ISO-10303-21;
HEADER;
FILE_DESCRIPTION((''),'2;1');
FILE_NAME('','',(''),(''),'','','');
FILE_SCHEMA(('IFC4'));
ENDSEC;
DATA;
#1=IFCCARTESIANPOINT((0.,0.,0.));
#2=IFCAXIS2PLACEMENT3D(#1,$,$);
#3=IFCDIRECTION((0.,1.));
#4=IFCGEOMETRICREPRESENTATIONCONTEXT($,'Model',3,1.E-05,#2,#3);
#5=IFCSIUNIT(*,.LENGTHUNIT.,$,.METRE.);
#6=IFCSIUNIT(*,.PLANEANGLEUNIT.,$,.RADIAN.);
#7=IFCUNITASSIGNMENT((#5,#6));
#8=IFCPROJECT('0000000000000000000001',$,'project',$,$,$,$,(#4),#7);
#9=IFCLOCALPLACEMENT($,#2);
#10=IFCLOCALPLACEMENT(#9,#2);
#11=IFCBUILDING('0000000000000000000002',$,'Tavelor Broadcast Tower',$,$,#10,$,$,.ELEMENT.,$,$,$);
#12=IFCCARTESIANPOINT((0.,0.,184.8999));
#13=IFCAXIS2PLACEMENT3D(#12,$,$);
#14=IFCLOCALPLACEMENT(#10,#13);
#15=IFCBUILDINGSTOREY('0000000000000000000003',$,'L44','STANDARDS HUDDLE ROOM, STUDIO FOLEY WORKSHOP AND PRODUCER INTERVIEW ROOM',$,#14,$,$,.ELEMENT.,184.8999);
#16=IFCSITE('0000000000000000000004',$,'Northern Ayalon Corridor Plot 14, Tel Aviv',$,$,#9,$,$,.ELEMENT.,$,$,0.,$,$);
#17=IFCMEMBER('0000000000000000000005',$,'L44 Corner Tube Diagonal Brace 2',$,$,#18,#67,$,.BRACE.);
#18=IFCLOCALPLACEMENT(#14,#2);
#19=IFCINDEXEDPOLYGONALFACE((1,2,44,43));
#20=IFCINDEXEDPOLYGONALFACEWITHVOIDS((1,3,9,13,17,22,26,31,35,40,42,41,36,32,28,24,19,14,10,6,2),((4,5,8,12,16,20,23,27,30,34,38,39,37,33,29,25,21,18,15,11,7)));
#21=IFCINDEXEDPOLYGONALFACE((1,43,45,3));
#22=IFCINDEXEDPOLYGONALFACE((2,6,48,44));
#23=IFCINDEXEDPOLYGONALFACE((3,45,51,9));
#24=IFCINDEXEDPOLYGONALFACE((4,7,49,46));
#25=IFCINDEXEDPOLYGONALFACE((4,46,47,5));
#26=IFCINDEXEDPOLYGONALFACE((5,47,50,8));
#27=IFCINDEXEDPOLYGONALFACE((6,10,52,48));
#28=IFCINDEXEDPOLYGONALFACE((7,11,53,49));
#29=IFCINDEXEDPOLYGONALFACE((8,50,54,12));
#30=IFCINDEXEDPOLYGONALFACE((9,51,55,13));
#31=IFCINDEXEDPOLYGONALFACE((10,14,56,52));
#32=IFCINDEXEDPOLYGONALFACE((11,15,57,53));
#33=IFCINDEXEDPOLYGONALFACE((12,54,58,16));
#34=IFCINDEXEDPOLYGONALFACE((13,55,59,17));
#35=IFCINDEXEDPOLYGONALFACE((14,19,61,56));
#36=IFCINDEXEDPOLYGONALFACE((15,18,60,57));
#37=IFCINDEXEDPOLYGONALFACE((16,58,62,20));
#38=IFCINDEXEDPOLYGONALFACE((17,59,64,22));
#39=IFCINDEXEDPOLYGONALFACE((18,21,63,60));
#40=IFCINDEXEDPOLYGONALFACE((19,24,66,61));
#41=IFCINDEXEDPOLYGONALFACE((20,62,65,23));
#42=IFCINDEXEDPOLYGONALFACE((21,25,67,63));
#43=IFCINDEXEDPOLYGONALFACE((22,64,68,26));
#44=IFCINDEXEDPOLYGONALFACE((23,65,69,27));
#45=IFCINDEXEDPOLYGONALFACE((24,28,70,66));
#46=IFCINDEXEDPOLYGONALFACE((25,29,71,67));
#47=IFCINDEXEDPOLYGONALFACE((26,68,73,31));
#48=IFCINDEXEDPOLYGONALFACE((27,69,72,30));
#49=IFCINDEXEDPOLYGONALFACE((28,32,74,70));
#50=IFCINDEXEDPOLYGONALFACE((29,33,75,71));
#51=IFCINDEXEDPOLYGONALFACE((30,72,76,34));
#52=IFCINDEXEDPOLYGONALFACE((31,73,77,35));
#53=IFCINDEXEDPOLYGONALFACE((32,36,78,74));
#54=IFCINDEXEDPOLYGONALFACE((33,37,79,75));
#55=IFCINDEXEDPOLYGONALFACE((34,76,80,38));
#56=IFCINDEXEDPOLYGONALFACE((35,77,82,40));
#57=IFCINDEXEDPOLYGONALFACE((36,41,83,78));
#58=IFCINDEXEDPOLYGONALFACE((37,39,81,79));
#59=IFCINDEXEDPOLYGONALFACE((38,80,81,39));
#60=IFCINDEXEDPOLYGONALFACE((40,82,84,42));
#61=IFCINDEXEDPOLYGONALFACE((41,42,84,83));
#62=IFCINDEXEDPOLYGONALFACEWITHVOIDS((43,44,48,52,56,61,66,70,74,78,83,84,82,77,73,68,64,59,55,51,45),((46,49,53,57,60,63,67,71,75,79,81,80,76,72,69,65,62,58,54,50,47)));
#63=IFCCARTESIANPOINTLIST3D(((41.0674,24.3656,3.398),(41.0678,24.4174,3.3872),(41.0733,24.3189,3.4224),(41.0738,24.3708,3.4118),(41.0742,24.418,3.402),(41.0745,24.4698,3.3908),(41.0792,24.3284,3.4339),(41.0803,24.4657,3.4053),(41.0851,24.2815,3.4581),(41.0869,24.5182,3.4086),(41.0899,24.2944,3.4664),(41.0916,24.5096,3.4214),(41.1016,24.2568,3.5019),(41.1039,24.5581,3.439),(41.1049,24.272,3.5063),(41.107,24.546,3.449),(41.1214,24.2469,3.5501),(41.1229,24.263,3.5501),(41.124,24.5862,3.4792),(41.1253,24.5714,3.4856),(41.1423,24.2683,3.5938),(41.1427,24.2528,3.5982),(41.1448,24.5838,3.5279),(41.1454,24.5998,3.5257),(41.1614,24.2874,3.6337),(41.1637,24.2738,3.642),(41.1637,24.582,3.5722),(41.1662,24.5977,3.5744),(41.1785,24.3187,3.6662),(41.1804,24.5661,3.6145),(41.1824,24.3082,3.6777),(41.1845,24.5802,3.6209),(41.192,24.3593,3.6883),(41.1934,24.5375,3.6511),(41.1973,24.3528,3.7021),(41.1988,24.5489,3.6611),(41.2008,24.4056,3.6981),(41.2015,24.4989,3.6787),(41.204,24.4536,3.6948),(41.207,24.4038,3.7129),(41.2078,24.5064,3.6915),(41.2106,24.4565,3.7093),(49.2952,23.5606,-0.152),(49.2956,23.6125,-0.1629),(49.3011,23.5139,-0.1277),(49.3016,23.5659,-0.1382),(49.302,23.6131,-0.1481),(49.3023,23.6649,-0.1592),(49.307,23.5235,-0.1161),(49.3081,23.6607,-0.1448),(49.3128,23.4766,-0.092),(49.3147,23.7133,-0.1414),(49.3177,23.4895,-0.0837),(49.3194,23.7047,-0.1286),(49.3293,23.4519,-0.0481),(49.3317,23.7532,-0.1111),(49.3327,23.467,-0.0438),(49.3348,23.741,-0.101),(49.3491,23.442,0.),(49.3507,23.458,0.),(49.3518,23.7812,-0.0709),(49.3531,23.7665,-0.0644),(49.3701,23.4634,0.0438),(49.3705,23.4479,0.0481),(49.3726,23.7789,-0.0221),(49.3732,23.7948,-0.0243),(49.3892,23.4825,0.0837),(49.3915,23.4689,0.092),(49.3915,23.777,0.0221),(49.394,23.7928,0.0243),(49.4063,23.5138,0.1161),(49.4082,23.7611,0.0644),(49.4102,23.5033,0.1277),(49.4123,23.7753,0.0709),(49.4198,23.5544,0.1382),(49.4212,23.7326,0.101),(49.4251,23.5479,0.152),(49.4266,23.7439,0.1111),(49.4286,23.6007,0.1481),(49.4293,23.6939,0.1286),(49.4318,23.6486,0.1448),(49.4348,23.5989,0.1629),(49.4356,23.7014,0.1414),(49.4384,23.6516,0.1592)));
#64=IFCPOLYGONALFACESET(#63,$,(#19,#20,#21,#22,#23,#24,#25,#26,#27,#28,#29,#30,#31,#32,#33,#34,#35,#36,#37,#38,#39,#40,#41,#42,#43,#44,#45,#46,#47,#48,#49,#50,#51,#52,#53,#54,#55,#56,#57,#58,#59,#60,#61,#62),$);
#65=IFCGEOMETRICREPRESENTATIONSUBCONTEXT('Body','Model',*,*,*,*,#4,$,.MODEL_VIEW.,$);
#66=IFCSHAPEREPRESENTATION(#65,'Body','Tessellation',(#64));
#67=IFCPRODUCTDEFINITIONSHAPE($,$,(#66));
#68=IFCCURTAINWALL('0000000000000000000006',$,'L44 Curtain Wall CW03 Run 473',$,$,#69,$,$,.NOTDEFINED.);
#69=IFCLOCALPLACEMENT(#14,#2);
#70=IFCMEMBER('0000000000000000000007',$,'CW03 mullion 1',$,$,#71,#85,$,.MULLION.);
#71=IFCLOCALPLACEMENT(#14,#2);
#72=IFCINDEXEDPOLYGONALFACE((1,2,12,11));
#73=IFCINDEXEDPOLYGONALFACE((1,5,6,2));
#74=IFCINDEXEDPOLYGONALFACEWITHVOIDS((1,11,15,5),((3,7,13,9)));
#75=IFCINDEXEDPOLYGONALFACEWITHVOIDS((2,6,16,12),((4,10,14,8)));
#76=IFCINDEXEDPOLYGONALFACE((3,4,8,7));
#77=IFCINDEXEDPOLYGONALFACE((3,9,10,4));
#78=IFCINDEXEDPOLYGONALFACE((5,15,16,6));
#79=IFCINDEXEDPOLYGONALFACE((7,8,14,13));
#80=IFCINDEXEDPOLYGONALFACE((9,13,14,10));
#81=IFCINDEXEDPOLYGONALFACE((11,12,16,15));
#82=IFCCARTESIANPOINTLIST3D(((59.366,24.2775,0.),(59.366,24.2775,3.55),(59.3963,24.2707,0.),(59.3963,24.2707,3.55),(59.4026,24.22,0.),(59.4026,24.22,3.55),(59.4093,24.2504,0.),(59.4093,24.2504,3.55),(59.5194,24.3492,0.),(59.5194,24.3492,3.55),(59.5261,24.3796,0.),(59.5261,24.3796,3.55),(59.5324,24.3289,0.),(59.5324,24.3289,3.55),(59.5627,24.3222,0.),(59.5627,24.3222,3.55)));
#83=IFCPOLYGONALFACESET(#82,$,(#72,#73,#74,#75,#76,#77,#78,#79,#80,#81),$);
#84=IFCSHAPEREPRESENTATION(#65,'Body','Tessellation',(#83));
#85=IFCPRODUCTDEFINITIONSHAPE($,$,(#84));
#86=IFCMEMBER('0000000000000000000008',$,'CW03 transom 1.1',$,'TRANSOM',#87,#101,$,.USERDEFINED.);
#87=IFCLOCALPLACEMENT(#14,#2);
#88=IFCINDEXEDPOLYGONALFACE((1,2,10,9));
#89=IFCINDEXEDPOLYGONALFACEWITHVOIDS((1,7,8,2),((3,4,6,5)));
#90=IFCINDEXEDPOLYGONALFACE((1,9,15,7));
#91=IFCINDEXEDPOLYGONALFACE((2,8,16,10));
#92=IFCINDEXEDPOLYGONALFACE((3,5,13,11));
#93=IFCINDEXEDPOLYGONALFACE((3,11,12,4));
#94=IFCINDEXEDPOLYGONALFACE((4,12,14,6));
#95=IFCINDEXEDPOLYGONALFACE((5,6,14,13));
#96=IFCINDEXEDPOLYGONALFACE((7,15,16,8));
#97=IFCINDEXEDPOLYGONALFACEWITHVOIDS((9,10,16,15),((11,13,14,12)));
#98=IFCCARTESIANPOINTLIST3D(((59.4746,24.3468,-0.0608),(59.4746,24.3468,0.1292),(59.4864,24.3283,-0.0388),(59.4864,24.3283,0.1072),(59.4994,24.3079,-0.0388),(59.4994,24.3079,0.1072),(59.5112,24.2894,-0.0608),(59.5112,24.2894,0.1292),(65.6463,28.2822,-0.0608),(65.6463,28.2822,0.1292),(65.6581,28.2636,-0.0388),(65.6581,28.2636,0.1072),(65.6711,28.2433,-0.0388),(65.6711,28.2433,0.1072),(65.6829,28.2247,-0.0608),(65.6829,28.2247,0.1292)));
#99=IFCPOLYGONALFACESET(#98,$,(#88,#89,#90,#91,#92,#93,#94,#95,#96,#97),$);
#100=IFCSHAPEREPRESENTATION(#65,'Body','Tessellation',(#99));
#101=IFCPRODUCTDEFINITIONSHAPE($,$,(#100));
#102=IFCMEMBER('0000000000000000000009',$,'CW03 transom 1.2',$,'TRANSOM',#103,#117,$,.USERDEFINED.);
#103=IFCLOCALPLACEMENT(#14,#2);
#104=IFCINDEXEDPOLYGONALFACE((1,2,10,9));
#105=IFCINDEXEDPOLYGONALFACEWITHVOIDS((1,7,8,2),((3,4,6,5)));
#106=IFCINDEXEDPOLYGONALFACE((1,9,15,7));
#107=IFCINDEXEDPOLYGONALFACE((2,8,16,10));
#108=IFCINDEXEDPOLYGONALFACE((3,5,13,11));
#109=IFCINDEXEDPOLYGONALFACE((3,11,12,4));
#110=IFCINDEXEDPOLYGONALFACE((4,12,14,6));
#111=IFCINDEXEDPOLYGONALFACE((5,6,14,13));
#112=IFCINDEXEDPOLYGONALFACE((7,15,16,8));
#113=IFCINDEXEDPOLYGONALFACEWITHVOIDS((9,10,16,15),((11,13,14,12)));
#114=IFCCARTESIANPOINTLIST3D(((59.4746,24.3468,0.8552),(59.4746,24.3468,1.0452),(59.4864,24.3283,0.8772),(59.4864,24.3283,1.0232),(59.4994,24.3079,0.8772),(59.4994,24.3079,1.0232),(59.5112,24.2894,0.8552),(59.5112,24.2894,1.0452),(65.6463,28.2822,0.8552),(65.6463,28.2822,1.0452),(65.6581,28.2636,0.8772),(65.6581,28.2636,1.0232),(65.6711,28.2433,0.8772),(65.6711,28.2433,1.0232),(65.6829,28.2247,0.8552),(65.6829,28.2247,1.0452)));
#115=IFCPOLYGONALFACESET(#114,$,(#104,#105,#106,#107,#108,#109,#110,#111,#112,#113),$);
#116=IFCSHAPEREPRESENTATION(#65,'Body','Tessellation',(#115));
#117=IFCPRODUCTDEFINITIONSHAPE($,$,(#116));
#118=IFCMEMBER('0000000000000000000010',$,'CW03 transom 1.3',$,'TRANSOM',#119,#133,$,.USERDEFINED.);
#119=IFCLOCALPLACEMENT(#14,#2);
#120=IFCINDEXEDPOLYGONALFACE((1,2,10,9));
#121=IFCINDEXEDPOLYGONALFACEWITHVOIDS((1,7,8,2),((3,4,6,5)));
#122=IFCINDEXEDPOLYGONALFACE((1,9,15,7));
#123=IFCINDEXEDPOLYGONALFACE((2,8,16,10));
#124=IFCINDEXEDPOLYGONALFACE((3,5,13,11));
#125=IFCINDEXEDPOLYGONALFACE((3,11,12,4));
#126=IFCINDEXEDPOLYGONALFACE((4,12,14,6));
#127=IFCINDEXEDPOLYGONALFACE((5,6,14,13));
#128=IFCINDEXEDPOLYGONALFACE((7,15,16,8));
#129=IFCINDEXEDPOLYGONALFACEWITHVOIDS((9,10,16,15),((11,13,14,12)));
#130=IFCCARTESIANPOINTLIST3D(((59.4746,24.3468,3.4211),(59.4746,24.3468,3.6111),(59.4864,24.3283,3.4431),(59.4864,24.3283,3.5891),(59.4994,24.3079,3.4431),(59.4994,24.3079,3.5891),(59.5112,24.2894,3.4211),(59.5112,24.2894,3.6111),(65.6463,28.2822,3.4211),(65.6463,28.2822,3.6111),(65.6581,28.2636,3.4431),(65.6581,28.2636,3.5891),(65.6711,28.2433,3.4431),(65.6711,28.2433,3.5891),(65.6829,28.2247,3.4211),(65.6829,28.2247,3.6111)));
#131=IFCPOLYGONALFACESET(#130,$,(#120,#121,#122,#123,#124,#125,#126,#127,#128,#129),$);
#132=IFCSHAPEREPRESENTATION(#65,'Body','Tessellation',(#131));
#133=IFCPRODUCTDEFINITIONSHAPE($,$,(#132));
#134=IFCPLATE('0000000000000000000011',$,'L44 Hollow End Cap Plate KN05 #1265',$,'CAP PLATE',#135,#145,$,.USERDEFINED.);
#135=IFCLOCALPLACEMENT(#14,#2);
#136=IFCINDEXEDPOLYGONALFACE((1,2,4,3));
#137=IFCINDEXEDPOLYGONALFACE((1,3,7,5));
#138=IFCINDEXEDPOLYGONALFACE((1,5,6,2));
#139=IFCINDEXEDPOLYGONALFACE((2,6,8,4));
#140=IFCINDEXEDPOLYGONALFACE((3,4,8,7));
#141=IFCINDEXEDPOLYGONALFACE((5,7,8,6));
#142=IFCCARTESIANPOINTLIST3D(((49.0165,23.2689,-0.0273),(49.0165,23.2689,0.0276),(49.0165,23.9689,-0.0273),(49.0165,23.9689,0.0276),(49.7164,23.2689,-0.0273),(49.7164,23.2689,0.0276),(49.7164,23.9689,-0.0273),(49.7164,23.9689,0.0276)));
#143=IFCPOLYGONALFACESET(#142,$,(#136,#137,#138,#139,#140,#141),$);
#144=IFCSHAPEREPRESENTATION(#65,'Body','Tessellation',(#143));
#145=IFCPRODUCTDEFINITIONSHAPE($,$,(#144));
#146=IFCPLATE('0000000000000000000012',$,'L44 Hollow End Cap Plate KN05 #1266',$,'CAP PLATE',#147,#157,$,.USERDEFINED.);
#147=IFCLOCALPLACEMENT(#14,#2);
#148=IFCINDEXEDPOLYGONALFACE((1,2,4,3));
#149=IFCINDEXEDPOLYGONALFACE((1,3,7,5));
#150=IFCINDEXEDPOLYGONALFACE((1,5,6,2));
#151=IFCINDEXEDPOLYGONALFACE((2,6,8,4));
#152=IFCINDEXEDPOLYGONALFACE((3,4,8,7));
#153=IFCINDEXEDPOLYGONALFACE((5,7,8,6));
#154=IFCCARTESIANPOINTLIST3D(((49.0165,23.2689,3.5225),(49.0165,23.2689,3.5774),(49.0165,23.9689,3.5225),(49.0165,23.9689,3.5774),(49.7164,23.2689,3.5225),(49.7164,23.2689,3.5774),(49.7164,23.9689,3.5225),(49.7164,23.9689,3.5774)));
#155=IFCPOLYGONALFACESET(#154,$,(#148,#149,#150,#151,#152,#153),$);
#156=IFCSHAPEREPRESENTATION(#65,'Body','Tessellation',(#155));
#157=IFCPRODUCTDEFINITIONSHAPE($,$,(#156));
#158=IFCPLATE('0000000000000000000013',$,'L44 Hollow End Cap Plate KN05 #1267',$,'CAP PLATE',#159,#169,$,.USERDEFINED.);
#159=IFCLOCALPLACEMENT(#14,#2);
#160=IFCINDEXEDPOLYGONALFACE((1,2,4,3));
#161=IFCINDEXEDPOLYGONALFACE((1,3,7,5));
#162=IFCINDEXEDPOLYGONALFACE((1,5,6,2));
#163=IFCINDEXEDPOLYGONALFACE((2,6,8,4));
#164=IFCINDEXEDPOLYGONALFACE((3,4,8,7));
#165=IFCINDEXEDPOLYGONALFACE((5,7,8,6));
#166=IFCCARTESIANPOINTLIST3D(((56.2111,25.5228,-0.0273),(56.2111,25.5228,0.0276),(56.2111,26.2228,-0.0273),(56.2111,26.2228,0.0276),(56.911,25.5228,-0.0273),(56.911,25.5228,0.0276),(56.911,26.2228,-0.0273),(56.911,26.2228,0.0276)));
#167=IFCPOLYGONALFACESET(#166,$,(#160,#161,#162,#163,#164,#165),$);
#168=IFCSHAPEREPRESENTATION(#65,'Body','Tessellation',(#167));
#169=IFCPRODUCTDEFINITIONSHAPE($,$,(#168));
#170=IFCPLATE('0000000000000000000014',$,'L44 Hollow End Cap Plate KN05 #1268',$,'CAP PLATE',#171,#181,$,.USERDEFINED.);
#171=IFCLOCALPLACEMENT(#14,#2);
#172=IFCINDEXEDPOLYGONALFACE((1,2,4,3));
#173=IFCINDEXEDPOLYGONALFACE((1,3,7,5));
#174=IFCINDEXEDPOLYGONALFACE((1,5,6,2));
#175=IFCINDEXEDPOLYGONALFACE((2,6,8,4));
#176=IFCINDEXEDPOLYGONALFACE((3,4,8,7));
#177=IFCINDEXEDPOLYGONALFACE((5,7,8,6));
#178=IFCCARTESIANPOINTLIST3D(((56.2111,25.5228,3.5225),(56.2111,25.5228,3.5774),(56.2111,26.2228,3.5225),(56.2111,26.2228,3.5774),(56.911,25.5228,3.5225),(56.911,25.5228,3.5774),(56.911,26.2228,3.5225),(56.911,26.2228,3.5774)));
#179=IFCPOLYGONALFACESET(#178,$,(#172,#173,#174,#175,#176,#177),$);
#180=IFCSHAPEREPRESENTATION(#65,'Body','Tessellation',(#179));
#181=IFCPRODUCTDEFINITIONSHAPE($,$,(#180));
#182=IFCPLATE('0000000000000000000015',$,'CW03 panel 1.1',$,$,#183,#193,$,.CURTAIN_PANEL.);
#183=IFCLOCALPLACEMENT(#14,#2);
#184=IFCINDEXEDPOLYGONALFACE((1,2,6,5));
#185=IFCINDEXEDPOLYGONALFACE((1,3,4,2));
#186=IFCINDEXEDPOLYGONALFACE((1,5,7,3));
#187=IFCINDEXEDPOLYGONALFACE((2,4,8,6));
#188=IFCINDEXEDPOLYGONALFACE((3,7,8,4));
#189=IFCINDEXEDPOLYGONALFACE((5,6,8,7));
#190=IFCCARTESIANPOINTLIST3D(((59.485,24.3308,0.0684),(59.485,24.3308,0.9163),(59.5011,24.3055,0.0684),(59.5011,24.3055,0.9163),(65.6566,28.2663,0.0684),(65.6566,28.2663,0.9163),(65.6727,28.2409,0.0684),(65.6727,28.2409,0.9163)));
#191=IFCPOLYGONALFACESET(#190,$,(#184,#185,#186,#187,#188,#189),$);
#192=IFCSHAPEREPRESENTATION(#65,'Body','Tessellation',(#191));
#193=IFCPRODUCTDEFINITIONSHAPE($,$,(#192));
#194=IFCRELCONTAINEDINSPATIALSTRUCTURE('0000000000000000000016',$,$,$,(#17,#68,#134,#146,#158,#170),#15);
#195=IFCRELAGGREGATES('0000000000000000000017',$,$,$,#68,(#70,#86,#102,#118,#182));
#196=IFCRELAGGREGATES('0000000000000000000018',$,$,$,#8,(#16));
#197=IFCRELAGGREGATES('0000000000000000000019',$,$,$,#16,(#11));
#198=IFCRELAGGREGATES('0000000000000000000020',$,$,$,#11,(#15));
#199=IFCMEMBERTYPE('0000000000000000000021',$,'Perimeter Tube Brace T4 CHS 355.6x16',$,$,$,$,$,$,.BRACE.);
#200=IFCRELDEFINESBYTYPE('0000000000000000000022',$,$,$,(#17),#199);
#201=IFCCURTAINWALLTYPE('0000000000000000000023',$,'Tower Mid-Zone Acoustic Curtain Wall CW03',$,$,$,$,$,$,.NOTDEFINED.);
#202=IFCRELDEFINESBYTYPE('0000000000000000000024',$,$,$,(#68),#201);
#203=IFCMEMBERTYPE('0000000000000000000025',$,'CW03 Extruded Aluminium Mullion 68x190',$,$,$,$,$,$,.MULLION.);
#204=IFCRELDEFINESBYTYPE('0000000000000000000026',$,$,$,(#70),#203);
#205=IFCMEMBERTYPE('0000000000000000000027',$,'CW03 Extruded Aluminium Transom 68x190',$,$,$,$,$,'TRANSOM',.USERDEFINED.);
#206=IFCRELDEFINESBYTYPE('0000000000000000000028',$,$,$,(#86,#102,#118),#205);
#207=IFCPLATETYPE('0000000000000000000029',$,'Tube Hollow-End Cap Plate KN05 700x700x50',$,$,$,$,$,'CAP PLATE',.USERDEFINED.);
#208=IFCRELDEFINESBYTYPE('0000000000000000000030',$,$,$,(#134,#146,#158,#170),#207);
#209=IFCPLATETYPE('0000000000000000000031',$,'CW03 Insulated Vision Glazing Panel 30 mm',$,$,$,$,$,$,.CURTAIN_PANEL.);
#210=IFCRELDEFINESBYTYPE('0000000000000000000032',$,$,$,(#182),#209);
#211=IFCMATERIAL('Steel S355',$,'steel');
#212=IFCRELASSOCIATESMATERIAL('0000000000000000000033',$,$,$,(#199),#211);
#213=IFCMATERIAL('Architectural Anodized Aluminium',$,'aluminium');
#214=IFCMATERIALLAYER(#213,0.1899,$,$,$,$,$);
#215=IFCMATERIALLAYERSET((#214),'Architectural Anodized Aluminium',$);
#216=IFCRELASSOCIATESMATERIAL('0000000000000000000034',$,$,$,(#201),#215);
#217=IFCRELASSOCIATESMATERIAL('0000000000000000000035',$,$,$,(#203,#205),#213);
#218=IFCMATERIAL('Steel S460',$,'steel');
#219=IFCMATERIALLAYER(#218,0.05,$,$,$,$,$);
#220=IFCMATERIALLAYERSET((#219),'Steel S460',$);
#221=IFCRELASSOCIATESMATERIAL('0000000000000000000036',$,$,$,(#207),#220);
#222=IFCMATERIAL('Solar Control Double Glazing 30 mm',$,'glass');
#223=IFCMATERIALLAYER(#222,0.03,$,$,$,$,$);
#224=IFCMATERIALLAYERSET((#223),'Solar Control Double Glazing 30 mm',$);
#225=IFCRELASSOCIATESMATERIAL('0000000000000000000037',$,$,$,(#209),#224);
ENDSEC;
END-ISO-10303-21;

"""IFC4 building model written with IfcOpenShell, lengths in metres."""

from ifc_helpers import new_model, si_unit, direction, frame, origin, origin_2d, place, context, subcontext, project, spatial, rectangle, hollow_rectangle, hollow_circle, extrude, source, transform, mapped, material, layer, layer_set, material_profile, profile_set, type_object, type_shapes, element, aggregate, save


model = new_model("IFC4")

# Units and contexts
model_context = context("Model", 3, precision=1e-05, world=origin(), true_north=direction((0.0, 1.0)))
body_context = subcontext(model_context, "Body", "Model", "MODEL_VIEW")
ifc_project = project(units=[si_unit("LENGTHUNIT", "METRE"), si_unit("PLANEANGLEUNIT", "RADIAN")], contexts=[model_context])

# Site, building, storey
site_placement = place(None, origin())
site = spatial("IfcSite", under=ifc_project, at=site_placement, Name="Northern Ayalon Corridor Plot 14, Tel Aviv", CompositionType="ELEMENT", RefElevation=0.0)
building_placement = place(site_placement, origin())
building = spatial("IfcBuilding", under=site, at=building_placement, Name="Tavelor Broadcast Tower", CompositionType="ELEMENT")
storey_placement = place(building_placement, frame((0.0, 0.0, 184.8999)))
storey = spatial("IfcBuildingStorey", under=building, at=storey_placement, Name="L44", Description="STANDARDS HUDDLE ROOM, STUDIO FOLEY WORKSHOP AND PRODUCER INTERVIEW ROOM", CompositionType="ELEMENT", Elevation=184.8999)

# Shared definitions
ifc_material_1 = material(Name="Steel S460", Category="steel")

# Shared definitions
ifc_material_2 = material(Name="Steel S355", Category="steel")

# Member
ifc_material_profile_1 = material_profile(ifc_material_2, hollow_circle(Radius=0.1777, WallThickness=0.0161, at=origin_2d()), Name="CHS 355.6x16")
ifc_profile_set_1 = profile_set([ifc_material_profile_1], Name="Steel S355")
member_type_1 = type_object("IfcMemberType", Name="Perimeter Tube Brace T4 CHS 355.6x16", PredefinedType="BRACE", material=ifc_profile_set_1)
member_1_placement = place(storey_placement, frame((49.3665, 23.6189, 0.0), z_axis=(-0.914496, 0.089466, 0.394579), x_axis=(-0.097366, -0.995249, 0.0)))
element("IfcMember", 1, at=member_1_placement, inside=storey, type_object=member_type_1, Name="L44 Corner Tube Diagonal Brace 2", PredefinedType="BRACE", context=body_context, shape_type="SweptSolid", body=[
    extrude(hollow_circle(Radius=0.1777, WallThickness=0.0161, at=origin_2d()), origin(), (0.0, 0.0, 1.0), 8.9971),
])

# Curtain wall, members
ifc_material_3 = material(Name="Architectural Anodized Aluminium", Category="aluminium")
ifc_layer_1 = layer(ifc_material_3, 0.1899)
ifc_layer_set_1 = layer_set([ifc_layer_1], Name="Architectural Anodized Aluminium")
curtain_wall_type = type_object("IfcCurtainWallType", Name="Tower Mid-Zone Acoustic Curtain Wall CW03", PredefinedType="NOTDEFINED", material=ifc_layer_set_1)
curtain_wall_placement = place(storey_placement, origin())
curtain_wall = element("IfcCurtainWall", 2, at=curtain_wall_placement, inside=storey, type_object=curtain_wall_type, Name="L44 Curtain Wall CW03 Run 473", PredefinedType="NOTDEFINED")
ifc_material_profile_2 = material_profile(ifc_material_3, hollow_rectangle(XDim=0.0681, YDim=0.1899, WallThickness=0.022, at=origin_2d()), Name="RHS 68x190x22")
ifc_profile_set_2 = profile_set([ifc_material_profile_2], Name="Architectural Anodized Aluminium")
member_type_2 = type_object("IfcMemberType", Name="CW03 Extruded Aluminium Mullion 68x190", PredefinedType="MULLION", material=ifc_profile_set_2)
shared_shape_1 = source(origin(), body_context, "Body", "SweptSolid", [
    extrude(hollow_rectangle(XDim=0.0681, YDim=0.1899, WallThickness=0.022, at=origin_2d()), origin(), (0.0, 0.0, 1.0), 3.55),
])
type_shapes(member_type_2, [shared_shape_1])
member_2_placement = place(storey_placement, frame((59.4644, 24.2998, 0.0), z_axis=(0.0, 0.0, 1.0), x_axis=(-0.537657, 0.843164, 0.0)))
member_2 = element("IfcMember", 3, at=member_2_placement, type_object=member_type_2, Name="CW03 mullion 1", PredefinedType="MULLION", context=body_context, shape_type="MappedRepresentation", body=[
    mapped(shared_shape_1, transform((0.0, 0.0, 0.0), scale=1.0)),
])
ifc_material_profile_3 = material_profile(ifc_material_3, hollow_rectangle(XDim=0.0681, YDim=0.1899, WallThickness=0.022, at=origin_2d()), Name="RHS 68x190x22")
ifc_profile_set_3 = profile_set([ifc_material_profile_3], Name="Architectural Anodized Aluminium")
member_type_3 = type_object("IfcMemberType", Name="CW03 Extruded Aluminium Transom 68x190", ElementType="TRANSOM", PredefinedType="USERDEFINED", material=ifc_profile_set_3)
shared_shape_2 = source(origin(), body_context, "Body", "SweptSolid", [
    extrude(hollow_rectangle(XDim=0.0681, YDim=0.1899, WallThickness=0.022, at=origin_2d()), origin(), (0.0, 0.0, 1.0), 7.3196),
])
type_shapes(member_type_3, [shared_shape_2])
member_3_placement = place(storey_placement, frame((59.4929, 24.3181, 0.0342), z_axis=(0.843172, 0.537644, 0.0), x_axis=(-0.537644, 0.843172, 0.0)))
member_3 = element("IfcMember", 4, at=member_3_placement, type_object=member_type_3, Name="CW03 transom 1.1", ObjectType="TRANSOM", PredefinedType="USERDEFINED", context=body_context, shape_type="MappedRepresentation", body=[
    mapped(shared_shape_2, transform((0.0, 0.0, 0.0), scale=1.0)),
])
member_4_placement = place(storey_placement, frame((59.4929, 24.3181, 0.9502), z_axis=(0.843172, 0.537644, 0.0), x_axis=(-0.537644, 0.843172, 0.0)))
member_4 = element("IfcMember", 5, at=member_4_placement, type_object=member_type_3, Name="CW03 transom 1.2", ObjectType="TRANSOM", PredefinedType="USERDEFINED", context=body_context, shape_type="MappedRepresentation", body=[
    mapped(shared_shape_2, transform((0.0, 0.0, 0.0), scale=1.0)),
])
member_5_placement = place(storey_placement, frame((59.4929, 24.3181, 3.5161), z_axis=(0.843172, 0.537644, 0.0), x_axis=(-0.537644, 0.843172, 0.0)))
member_5 = element("IfcMember", 6, at=member_5_placement, type_object=member_type_3, Name="CW03 transom 1.3", ObjectType="TRANSOM", PredefinedType="USERDEFINED", context=body_context, shape_type="MappedRepresentation", body=[
    mapped(shared_shape_2, transform((0.0, 0.0, 0.0), scale=1.0)),
])

# Plates
ifc_layer_2 = layer(ifc_material_1, 0.05)
ifc_layer_set_2 = layer_set([ifc_layer_2], Name="Steel S460")
plate_type_1 = type_object("IfcPlateType", Name="Tube Hollow-End Cap Plate KN05 700x700x50", ElementType="CAP PLATE", PredefinedType="USERDEFINED", material=ifc_layer_set_2)
shared_shape_3 = source(origin(), body_context, "Body", "SweptSolid", [
    extrude(rectangle(XDim=0.7, YDim=0.7, at=origin_2d()), origin(), (0.0, 0.0, 1.0), 0.0549),
])
type_shapes(plate_type_1, [shared_shape_3])
for number, where, z_axis, x_axis, name in (
    (7, (49.3665, 23.6189, -0.0273), (0.0, 0.0, 1.0), (1.0, 0.0, 0.0), "L44 Hollow End Cap Plate KN05 #1265"),
    (8, (49.3665, 23.6189, 3.5225), (0.0, 0.0, 1.0), (1.0, 0.0, 0.0), "L44 Hollow End Cap Plate KN05 #1266"),
    (9, (56.561, 25.8728, -0.0273), (0.0, 0.0, 1.0), (1.0, 0.0, 0.0), "L44 Hollow End Cap Plate KN05 #1267"),
    (10, (56.561, 25.8728, 3.5225), (0.0, 0.0, 1.0), (1.0, 0.0, 0.0), "L44 Hollow End Cap Plate KN05 #1268"),
):
    element("IfcPlate", number, at=place(storey_placement, frame(where, z_axis=z_axis, x_axis=x_axis)), inside=storey, type_object=plate_type_1, Name=name, ObjectType="CAP PLATE", PredefinedType="USERDEFINED", context=body_context, shape_type="MappedRepresentation", body=[
        mapped(shared_shape_3, transform((0.0, 0.0, 0.0), scale=1.0)),
    ])

# Plate
ifc_material_4 = material(Name="Solar Control Double Glazing 30 mm", Category="glass")
ifc_layer_3 = layer(ifc_material_4, 0.03)
ifc_layer_set_3 = layer_set([ifc_layer_3], Name="Solar Control Double Glazing 30 mm")
plate_type_2 = type_object("IfcPlateType", Name="CW03 Insulated Vision Glazing Panel 30 mm", PredefinedType="CURTAIN_PANEL", material=ifc_layer_set_3)
shared_shape_4 = source(origin(), body_context, "Body", "SweptSolid", [
    extrude(rectangle(XDim=7.3196, YDim=0.03, at=origin_2d()), origin(), (0.0, 0.0, 1.0), 0.8479),
])
plate_1_placement = place(storey_placement, frame((62.5789, 26.2859, 0.0684), z_axis=(0.0, 0.0, 1.0), x_axis=(0.843164, 0.537657, 0.0)))
plate_1 = element("IfcPlate", 11, at=plate_1_placement, type_object=plate_type_2, Name="CW03 panel 1.1", PredefinedType="CURTAIN_PANEL", context=body_context, shape_type="MappedRepresentation", body=[
    mapped(shared_shape_4, transform((0.0, 0.0, 0.0), scale=1.0)),
])
aggregate(curtain_wall, [member_2, member_3, member_4, member_5, plate_1])

save(model, "model.ifc")
